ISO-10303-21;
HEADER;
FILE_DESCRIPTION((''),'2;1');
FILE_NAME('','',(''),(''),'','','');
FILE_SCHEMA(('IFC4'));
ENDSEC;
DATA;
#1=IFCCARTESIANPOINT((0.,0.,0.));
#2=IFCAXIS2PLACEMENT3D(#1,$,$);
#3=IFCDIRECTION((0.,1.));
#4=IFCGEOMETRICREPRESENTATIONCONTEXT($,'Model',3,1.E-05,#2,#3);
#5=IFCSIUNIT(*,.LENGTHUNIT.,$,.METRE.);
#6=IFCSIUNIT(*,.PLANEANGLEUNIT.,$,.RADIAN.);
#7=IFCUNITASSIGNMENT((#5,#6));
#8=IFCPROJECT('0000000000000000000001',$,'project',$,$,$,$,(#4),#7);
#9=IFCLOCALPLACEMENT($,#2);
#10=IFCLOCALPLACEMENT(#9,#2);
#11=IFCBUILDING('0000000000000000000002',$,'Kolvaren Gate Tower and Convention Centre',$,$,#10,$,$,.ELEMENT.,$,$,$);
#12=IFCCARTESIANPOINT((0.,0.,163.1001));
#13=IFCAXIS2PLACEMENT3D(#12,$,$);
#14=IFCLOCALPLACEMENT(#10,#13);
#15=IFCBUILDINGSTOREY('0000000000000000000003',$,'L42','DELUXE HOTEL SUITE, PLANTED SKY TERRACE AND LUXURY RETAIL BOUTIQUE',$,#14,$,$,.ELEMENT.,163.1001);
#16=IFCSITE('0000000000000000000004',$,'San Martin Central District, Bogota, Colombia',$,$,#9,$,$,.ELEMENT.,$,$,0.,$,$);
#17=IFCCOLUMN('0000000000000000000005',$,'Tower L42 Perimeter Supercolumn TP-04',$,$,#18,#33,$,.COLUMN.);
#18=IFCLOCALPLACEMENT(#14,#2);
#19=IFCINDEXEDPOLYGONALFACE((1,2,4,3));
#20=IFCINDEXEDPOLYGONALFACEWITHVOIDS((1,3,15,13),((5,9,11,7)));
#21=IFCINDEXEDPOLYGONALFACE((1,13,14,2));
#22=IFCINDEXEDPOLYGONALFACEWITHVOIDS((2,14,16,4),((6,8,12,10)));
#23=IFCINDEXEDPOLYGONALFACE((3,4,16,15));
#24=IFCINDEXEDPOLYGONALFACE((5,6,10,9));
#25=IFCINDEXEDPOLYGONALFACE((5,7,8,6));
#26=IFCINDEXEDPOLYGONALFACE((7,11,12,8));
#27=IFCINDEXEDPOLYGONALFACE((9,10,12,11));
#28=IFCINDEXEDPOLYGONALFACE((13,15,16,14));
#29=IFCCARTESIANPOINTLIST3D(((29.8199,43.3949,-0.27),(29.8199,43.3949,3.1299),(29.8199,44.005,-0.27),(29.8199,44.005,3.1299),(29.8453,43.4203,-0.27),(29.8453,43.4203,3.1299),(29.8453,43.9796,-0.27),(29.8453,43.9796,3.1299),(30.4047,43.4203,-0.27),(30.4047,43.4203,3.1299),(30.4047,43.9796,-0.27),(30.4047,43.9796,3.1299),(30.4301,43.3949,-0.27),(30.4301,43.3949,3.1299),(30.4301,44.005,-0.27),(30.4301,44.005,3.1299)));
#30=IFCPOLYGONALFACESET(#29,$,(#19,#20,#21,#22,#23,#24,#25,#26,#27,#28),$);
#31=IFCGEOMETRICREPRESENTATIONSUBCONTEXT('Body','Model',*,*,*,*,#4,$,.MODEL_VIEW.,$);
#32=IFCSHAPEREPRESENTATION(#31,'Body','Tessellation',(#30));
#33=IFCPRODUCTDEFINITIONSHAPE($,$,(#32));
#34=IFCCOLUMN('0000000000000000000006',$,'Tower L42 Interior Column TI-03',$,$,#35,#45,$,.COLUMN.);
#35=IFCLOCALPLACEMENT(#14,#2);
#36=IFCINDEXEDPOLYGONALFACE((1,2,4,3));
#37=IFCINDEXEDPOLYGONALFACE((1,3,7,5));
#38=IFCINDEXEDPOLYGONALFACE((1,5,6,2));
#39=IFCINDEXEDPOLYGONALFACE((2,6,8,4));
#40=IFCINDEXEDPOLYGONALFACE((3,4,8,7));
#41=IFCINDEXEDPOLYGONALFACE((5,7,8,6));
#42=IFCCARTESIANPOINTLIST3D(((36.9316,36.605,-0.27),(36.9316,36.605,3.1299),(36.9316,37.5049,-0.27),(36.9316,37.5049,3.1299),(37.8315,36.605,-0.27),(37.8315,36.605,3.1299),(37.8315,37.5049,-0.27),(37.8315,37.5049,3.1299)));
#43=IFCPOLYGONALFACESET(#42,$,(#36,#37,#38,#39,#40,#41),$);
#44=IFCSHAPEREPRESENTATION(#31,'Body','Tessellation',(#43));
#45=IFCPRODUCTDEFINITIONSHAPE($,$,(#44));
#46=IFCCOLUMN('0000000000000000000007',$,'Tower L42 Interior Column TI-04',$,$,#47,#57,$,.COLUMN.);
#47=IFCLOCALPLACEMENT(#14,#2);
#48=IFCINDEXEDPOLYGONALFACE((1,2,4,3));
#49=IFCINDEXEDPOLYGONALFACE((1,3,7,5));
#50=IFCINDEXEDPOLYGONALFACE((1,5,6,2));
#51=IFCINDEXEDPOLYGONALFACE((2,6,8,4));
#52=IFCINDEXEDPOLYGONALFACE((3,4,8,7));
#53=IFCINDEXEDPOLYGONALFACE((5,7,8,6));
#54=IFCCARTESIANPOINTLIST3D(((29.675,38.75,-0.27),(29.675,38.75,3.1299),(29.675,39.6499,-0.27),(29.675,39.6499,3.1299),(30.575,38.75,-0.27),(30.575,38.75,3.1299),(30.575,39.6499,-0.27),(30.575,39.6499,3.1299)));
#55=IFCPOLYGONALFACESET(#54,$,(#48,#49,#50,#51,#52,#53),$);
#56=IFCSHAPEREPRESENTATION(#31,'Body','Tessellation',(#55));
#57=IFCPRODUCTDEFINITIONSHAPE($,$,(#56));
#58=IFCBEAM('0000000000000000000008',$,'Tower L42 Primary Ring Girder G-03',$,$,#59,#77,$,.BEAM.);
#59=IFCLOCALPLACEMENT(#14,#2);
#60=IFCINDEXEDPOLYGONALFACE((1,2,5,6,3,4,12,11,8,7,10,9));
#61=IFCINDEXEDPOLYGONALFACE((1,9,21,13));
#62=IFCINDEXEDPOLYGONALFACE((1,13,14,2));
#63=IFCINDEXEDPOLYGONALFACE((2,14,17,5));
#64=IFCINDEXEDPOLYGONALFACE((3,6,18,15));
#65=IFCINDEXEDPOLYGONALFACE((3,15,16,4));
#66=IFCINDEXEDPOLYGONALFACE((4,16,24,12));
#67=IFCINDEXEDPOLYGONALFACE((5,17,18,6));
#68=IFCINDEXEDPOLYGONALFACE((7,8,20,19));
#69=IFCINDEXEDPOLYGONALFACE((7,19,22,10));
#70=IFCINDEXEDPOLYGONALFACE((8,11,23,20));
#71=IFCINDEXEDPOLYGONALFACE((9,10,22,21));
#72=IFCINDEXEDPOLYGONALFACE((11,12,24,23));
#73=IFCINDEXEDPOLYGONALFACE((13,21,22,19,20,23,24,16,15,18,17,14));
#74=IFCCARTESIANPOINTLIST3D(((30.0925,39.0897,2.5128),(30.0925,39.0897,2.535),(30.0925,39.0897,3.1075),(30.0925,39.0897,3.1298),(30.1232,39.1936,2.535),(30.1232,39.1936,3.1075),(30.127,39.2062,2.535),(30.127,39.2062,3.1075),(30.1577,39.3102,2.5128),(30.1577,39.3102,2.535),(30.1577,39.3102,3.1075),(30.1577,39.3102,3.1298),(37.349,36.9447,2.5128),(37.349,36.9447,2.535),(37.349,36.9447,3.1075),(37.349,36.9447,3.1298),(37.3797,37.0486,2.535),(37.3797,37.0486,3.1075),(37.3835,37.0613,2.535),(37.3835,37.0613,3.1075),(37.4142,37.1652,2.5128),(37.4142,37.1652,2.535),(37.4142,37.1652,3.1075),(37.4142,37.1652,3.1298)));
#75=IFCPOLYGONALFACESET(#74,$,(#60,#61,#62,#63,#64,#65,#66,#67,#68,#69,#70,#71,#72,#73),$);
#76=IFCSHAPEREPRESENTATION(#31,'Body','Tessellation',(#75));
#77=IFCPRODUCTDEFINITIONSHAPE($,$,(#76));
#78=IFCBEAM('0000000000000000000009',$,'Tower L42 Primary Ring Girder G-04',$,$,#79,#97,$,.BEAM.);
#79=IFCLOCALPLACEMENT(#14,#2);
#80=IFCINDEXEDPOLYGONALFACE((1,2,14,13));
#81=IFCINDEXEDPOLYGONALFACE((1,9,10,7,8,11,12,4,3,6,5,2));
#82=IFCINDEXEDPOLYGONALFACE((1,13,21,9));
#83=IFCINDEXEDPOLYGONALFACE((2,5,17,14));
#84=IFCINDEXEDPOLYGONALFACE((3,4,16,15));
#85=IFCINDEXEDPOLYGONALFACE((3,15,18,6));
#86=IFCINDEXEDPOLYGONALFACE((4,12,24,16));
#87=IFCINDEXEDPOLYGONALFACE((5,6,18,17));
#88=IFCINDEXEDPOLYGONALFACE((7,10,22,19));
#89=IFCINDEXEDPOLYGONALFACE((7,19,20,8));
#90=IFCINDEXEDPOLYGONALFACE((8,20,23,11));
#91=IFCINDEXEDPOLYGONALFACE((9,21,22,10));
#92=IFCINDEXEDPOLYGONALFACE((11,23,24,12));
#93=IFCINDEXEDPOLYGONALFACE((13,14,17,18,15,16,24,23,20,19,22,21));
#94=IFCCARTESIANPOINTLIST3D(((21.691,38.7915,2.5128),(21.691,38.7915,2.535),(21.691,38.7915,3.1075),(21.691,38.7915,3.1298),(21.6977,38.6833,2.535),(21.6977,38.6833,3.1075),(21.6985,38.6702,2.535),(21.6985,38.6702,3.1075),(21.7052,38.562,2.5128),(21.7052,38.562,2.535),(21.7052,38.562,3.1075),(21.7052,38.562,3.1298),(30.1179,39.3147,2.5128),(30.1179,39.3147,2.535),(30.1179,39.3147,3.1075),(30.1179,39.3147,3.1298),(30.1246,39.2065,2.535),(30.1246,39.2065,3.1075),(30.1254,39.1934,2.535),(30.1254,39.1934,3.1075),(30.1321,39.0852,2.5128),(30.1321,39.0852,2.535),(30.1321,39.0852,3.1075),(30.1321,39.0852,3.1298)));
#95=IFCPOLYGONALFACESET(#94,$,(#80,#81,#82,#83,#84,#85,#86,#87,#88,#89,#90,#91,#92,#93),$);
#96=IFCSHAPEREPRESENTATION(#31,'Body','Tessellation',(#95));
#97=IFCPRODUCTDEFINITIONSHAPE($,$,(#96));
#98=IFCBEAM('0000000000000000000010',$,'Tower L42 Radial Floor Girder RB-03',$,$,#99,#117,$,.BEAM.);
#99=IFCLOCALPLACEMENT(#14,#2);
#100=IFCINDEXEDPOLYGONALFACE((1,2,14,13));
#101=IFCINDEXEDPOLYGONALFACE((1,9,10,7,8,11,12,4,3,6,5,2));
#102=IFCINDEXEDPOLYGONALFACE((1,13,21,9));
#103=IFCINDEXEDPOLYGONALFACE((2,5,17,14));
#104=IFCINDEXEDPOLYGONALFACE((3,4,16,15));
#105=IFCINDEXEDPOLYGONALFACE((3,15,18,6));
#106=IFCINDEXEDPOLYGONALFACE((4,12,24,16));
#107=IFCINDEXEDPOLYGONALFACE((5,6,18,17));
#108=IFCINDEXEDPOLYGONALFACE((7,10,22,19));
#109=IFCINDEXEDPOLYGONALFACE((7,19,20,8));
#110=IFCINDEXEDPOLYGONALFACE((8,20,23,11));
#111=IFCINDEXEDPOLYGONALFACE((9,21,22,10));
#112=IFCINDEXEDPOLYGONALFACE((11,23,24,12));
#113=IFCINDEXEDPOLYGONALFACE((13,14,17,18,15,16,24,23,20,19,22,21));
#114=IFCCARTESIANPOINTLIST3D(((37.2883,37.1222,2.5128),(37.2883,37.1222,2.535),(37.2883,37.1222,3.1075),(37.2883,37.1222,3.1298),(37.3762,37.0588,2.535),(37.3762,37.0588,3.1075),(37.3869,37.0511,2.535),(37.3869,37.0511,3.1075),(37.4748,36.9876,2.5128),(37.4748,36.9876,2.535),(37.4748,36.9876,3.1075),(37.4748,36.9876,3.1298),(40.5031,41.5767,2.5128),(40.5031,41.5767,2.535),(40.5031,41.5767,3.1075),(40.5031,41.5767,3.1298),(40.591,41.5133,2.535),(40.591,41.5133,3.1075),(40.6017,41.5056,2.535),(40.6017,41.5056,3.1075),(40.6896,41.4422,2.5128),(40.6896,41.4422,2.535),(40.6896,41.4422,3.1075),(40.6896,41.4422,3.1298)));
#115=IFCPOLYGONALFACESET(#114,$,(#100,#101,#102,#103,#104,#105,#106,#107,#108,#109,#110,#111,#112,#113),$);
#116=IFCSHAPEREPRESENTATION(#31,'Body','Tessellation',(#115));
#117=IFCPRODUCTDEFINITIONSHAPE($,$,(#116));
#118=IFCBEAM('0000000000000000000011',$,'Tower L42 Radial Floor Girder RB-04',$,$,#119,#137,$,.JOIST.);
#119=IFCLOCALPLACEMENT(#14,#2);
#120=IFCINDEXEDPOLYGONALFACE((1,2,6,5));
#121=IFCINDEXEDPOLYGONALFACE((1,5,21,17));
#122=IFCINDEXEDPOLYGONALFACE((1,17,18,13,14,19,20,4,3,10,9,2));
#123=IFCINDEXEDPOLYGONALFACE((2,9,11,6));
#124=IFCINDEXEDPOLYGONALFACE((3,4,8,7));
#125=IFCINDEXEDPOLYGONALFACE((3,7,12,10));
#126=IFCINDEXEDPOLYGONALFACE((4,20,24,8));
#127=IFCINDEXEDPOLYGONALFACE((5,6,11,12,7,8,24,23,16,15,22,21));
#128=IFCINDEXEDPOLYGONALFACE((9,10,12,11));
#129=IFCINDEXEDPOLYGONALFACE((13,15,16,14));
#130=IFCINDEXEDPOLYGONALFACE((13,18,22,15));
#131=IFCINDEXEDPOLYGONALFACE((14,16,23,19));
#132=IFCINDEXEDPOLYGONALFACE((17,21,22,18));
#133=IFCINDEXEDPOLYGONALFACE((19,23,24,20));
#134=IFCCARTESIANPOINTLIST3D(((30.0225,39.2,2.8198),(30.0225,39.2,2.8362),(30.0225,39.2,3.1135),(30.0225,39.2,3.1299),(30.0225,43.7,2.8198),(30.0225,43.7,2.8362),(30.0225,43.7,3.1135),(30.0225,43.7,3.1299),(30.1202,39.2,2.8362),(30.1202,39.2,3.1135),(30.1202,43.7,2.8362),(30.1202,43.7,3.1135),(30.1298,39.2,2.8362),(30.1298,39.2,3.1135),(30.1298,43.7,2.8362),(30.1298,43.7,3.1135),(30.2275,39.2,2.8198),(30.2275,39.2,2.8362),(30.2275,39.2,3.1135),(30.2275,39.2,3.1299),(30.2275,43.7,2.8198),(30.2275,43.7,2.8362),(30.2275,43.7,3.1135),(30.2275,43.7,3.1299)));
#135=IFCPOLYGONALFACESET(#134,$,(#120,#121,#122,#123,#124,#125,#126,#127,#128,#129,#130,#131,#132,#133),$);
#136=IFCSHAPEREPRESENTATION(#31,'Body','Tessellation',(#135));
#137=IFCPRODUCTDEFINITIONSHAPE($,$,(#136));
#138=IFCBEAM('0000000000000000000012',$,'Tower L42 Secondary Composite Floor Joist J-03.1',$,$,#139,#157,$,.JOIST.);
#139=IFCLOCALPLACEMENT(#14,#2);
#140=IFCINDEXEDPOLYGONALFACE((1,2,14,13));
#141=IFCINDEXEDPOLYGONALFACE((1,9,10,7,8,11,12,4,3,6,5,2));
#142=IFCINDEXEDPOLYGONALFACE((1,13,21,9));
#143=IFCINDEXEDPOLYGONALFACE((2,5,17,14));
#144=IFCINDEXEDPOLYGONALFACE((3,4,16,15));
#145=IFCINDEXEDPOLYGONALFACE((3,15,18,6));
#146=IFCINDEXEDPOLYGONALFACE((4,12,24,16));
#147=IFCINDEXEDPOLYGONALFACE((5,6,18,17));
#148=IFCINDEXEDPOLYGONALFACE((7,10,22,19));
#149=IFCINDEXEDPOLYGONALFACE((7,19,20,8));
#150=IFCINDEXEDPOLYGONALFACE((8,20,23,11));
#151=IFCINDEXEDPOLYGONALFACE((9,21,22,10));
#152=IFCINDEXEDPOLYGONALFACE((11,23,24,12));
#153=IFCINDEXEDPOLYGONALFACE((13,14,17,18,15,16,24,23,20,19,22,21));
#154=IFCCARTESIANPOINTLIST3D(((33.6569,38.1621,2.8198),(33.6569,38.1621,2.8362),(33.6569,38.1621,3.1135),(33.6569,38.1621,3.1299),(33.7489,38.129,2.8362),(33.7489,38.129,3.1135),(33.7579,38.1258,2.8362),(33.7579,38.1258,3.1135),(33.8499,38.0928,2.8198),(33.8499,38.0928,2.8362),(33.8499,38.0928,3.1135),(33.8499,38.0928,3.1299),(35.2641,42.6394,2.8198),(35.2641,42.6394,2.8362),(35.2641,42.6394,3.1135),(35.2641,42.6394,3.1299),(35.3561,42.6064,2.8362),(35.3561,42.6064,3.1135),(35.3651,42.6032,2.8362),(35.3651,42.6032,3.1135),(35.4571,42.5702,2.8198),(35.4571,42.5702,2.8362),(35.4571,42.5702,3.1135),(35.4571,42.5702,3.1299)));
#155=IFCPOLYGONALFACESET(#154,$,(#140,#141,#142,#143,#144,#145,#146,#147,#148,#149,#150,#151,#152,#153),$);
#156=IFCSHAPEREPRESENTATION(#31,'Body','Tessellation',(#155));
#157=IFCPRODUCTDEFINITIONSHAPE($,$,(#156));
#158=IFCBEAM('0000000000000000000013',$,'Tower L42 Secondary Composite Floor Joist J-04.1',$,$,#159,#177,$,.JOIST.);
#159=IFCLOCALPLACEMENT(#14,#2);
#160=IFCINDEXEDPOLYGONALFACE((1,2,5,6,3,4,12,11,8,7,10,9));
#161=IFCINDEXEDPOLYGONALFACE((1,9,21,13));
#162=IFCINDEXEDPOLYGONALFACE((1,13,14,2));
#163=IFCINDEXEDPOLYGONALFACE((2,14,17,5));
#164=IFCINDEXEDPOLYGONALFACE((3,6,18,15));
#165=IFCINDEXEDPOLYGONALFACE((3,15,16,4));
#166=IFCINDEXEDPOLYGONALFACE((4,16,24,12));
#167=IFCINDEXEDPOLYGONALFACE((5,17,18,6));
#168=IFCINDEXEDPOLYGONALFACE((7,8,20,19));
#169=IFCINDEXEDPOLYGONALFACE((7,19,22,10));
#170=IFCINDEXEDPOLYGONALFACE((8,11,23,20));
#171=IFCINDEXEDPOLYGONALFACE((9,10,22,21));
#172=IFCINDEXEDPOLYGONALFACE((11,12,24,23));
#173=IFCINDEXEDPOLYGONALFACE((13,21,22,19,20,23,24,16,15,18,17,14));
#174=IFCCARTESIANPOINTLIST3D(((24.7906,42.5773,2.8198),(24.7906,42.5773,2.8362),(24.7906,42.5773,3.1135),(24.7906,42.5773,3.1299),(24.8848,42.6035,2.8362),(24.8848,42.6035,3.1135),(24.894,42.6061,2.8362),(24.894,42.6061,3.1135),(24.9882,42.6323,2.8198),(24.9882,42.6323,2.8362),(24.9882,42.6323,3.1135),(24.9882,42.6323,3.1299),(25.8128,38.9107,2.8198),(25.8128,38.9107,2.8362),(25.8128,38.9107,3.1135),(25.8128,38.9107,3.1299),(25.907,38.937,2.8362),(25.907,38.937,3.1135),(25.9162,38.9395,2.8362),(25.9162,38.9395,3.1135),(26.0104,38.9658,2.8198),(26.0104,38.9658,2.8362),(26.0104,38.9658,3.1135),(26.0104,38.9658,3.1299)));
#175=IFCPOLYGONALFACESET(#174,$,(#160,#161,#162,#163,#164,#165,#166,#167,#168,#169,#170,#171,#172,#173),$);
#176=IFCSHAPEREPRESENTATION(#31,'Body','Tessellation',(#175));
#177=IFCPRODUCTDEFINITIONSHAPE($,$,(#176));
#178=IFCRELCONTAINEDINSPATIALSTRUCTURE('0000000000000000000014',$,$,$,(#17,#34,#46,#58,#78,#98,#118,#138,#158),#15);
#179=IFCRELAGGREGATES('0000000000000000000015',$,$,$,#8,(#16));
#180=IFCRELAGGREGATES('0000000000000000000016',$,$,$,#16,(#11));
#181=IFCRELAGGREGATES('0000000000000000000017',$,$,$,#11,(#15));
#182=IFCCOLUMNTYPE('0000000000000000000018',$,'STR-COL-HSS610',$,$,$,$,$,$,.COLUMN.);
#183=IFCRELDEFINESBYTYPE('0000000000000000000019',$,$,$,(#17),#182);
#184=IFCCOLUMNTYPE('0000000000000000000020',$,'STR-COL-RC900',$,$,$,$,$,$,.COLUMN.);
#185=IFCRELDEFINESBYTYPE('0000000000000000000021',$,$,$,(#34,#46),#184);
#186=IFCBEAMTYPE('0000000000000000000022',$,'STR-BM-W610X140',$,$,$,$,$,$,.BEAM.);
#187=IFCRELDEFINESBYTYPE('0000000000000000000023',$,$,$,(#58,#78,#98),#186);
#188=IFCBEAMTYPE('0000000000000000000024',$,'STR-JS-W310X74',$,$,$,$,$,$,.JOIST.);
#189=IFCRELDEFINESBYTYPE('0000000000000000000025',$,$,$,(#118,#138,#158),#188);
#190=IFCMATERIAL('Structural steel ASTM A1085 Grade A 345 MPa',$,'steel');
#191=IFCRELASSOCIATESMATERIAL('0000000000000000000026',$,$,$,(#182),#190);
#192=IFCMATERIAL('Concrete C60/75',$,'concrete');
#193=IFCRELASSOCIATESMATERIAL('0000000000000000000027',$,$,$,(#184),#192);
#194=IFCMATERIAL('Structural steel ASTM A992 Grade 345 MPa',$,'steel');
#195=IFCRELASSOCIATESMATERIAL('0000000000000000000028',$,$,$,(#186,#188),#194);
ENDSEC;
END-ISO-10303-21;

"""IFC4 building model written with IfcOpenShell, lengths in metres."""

from ifc_helpers import new_model, si_unit, direction, frame, origin, origin_2d, place, context, subcontext, project, spatial, rectangle, hollow_rectangle, i_section, extrude, material, material_profile, profile_set, type_object, element, save


model = new_model("IFC4")

# Units and contexts
model_context = context("Model", 3, precision=1e-05, world=origin(), true_north=direction((0.0, 1.0)))
body_context = subcontext(model_context, "Body", "Model", "MODEL_VIEW")
ifc_project = project(units=[si_unit("LENGTHUNIT", "METRE"), si_unit("PLANEANGLEUNIT", "RADIAN")], contexts=[model_context])

# Site, building, storey
site_placement = place(None, origin())
site = spatial("IfcSite", under=ifc_project, at=site_placement, Name="San Martin Central District, Bogota, Colombia", CompositionType="ELEMENT", RefElevation=0.0)
building_placement = place(site_placement, origin())
building = spatial("IfcBuilding", under=site, at=building_placement, Name="Kolvaren Gate Tower and Convention Centre", CompositionType="ELEMENT")
storey_placement = place(building_placement, frame((0.0, 0.0, 163.1001)))
storey = spatial("IfcBuildingStorey", under=building, at=storey_placement, Name="L42", Description="DELUXE HOTEL SUITE, PLANTED SKY TERRACE AND LUXURY RETAIL BOUTIQUE", CompositionType="ELEMENT", Elevation=163.1001)

# Columns
ifc_material_1 = material(Name="Structural steel ASTM A1085 Grade A 345 MPa", Category="steel")
ifc_material_profile_1 = material_profile(ifc_material_1, hollow_rectangle(XDim=0.6101, YDim=0.6101, WallThickness=0.0254, at=origin_2d()), Name="HSS610X610X25.4")
ifc_profile_set_1 = profile_set([ifc_material_profile_1], Name="Structural steel ASTM A1085 Grade A 345 MPa")
column_type_1 = type_object("IfcColumnType", Name="STR-COL-HSS610", PredefinedType="COLUMN", material=ifc_profile_set_1)
column_placement = place(storey_placement, frame((30.125, 43.7, -0.27), z_axis=(0.0, 0.0, 1.0), x_axis=(1.0, 0.0, 0.0)))
element("IfcColumn", 1, at=column_placement, inside=storey, type_object=column_type_1, Name="Tower L42 Perimeter Supercolumn TP-04", PredefinedType="COLUMN", context=body_context, shape_type="SweptSolid", body=[
    extrude(hollow_rectangle(XDim=0.6101, YDim=0.6101, WallThickness=0.0254, at=origin_2d()), origin(), (0.0, 0.0, 1.0), 3.3999),
])
ifc_material_2 = material(Name="Concrete C60/75", Category="concrete")
ifc_material_profile_2 = material_profile(ifc_material_2, rectangle(XDim=0.8999, YDim=0.8999, at=origin_2d()), Name="RC-COL-900X900")
ifc_profile_set_2 = profile_set([ifc_material_profile_2], Name="Concrete C60/75")
column_type_2 = type_object("IfcColumnType", Name="STR-COL-RC900", PredefinedType="COLUMN", material=ifc_profile_set_2)
for number, where, z_axis, x_axis, name in (
    (2, (37.3816, 37.0549, -0.27), (0.0, 0.0, 1.0), (1.0, 0.0, 0.0), "Tower L42 Interior Column TI-03"),
    (3, (30.125, 39.2, -0.27), (0.0, 0.0, 1.0), (1.0, 0.0, 0.0), "Tower L42 Interior Column TI-04"),
):
    element("IfcColumn", number, at=place(storey_placement, frame(where, z_axis=z_axis, x_axis=x_axis)), inside=storey, type_object=column_type_2, Name=name, PredefinedType="COLUMN", context=body_context, shape_type="SweptSolid", body=[
        extrude(rectangle(XDim=0.8999, YDim=0.8999, at=origin_2d()), origin(), (0.0, 0.0, 1.0), 3.3999),
    ])

# Beams
ifc_material_3 = material(Name="Structural steel ASTM A992 Grade 345 MPa", Category="steel")
ifc_material_profile_3 = material_profile(ifc_material_3, i_section(OverallWidth=0.23, OverallDepth=0.6169, WebThickness=0.0132, FlangeThickness=0.0222, at=origin_2d()), Name="W610X140")
ifc_profile_set_3 = profile_set([ifc_material_profile_3], Name="Structural steel ASTM A992 Grade 345 MPa")
beam_type_1 = type_object("IfcBeamType", Name="STR-BM-W610X140", PredefinedType="BEAM", material=ifc_profile_set_3)
beam_1_placement = place(storey_placement, frame((37.3816, 37.0549, 2.8213), z_axis=(-0.958981, 0.283471, 0.0), x_axis=(-0.283471, -0.958981, 0.0)))
element("IfcBeam", 4, at=beam_1_placement, inside=storey, type_object=beam_type_1, Name="Tower L42 Primary Ring Girder G-03", PredefinedType="BEAM", context=body_context, shape_type="SweptSolid", body=[
    extrude(i_section(OverallWidth=0.23, OverallDepth=0.6169, WebThickness=0.0132, FlangeThickness=0.0222, at=origin_2d()), origin(), (0.0, 0.0, 1.0), 7.5669),
])
beam_2_placement = place(storey_placement, frame((30.125, 39.2, 2.8213), z_axis=(-0.998078, -0.061966, 0.0), x_axis=(0.061966, -0.998078, 0.0)))
element("IfcBeam", 5, at=beam_2_placement, inside=storey, type_object=beam_type_1, Name="Tower L42 Primary Ring Girder G-04", PredefinedType="BEAM", context=body_context, shape_type="SweptSolid", body=[
    extrude(i_section(OverallWidth=0.23, OverallDepth=0.6169, WebThickness=0.0132, FlangeThickness=0.0222, at=origin_2d()), origin(), (0.0, 0.0, 1.0), 8.4431),
])
beam_3_placement = place(storey_placement, frame((37.3816, 37.0549, 2.8213), z_axis=(0.585208, 0.810883, 0.0), x_axis=(-0.810883, 0.585208, 0.0)))
element("IfcBeam", 6, at=beam_3_placement, inside=storey, type_object=beam_type_1, Name="Tower L42 Radial Floor Girder RB-03", PredefinedType="BEAM", context=body_context, shape_type="SweptSolid", body=[
    extrude(i_section(OverallWidth=0.23, OverallDepth=0.6169, WebThickness=0.0132, FlangeThickness=0.0222, at=origin_2d()), origin(), (0.0, 0.0, 1.0), 5.4934),
])
ifc_material_profile_4 = material_profile(ifc_material_3, i_section(OverallWidth=0.2051, OverallDepth=0.3101, WebThickness=0.0095, FlangeThickness=0.0164, at=origin_2d()), Name="W310X74")
ifc_profile_set_4 = profile_set([ifc_material_profile_4], Name="Structural steel ASTM A992 Grade 345 MPa")
beam_type_2 = type_object("IfcBeamType", Name="STR-JS-W310X74", PredefinedType="JOIST", material=ifc_profile_set_4)
beam_4_placement = place(storey_placement, frame((30.125, 39.2, 2.9749), z_axis=(0.0, 1.0, 0.0), x_axis=(-1.0, 0.0, 0.0)))
element("IfcBeam", 7, at=beam_4_placement, inside=storey, type_object=beam_type_2, Name="Tower L42 Radial Floor Girder RB-04", PredefinedType="JOIST", context=body_context, shape_type="SweptSolid", body=[
    extrude(i_section(OverallWidth=0.2051, OverallDepth=0.3101, WebThickness=0.0095, FlangeThickness=0.0164, at=origin_2d()), origin(), (0.0, 0.0, 1.0), 4.5),
])
beam_5_placement = place(storey_placement, frame((33.7534, 38.1274, 2.9749), z_axis=(0.337854, 0.941198, 0.0), x_axis=(-0.941198, 0.337854, 0.0)))
element("IfcBeam", 8, at=beam_5_placement, inside=storey, type_object=beam_type_2, Name="Tower L42 Secondary Composite Floor Joist J-03.1", PredefinedType="JOIST", context=body_context, shape_type="SweptSolid", body=[
    extrude(i_section(OverallWidth=0.2051, OverallDepth=0.3101, WebThickness=0.0095, FlangeThickness=0.0164, at=origin_2d()), origin(), (0.0, 0.0, 1.0), 4.7571),
])
beam_6_placement = place(storey_placement, frame((25.9116, 38.9382, 2.9749), z_axis=(-0.268557, 0.963264, 0.0), x_axis=(-0.963264, -0.268557, 0.0)))
element("IfcBeam", 9, at=beam_6_placement, inside=storey, type_object=beam_type_2, Name="Tower L42 Secondary Composite Floor Joist J-04.1", PredefinedType="JOIST", context=body_context, shape_type="SweptSolid", body=[
    extrude(i_section(OverallWidth=0.2051, OverallDepth=0.3101, WebThickness=0.0095, FlangeThickness=0.0164, at=origin_2d()), origin(), (0.0, 0.0, 1.0), 3.8064),
])

save(model, "model.ifc")
